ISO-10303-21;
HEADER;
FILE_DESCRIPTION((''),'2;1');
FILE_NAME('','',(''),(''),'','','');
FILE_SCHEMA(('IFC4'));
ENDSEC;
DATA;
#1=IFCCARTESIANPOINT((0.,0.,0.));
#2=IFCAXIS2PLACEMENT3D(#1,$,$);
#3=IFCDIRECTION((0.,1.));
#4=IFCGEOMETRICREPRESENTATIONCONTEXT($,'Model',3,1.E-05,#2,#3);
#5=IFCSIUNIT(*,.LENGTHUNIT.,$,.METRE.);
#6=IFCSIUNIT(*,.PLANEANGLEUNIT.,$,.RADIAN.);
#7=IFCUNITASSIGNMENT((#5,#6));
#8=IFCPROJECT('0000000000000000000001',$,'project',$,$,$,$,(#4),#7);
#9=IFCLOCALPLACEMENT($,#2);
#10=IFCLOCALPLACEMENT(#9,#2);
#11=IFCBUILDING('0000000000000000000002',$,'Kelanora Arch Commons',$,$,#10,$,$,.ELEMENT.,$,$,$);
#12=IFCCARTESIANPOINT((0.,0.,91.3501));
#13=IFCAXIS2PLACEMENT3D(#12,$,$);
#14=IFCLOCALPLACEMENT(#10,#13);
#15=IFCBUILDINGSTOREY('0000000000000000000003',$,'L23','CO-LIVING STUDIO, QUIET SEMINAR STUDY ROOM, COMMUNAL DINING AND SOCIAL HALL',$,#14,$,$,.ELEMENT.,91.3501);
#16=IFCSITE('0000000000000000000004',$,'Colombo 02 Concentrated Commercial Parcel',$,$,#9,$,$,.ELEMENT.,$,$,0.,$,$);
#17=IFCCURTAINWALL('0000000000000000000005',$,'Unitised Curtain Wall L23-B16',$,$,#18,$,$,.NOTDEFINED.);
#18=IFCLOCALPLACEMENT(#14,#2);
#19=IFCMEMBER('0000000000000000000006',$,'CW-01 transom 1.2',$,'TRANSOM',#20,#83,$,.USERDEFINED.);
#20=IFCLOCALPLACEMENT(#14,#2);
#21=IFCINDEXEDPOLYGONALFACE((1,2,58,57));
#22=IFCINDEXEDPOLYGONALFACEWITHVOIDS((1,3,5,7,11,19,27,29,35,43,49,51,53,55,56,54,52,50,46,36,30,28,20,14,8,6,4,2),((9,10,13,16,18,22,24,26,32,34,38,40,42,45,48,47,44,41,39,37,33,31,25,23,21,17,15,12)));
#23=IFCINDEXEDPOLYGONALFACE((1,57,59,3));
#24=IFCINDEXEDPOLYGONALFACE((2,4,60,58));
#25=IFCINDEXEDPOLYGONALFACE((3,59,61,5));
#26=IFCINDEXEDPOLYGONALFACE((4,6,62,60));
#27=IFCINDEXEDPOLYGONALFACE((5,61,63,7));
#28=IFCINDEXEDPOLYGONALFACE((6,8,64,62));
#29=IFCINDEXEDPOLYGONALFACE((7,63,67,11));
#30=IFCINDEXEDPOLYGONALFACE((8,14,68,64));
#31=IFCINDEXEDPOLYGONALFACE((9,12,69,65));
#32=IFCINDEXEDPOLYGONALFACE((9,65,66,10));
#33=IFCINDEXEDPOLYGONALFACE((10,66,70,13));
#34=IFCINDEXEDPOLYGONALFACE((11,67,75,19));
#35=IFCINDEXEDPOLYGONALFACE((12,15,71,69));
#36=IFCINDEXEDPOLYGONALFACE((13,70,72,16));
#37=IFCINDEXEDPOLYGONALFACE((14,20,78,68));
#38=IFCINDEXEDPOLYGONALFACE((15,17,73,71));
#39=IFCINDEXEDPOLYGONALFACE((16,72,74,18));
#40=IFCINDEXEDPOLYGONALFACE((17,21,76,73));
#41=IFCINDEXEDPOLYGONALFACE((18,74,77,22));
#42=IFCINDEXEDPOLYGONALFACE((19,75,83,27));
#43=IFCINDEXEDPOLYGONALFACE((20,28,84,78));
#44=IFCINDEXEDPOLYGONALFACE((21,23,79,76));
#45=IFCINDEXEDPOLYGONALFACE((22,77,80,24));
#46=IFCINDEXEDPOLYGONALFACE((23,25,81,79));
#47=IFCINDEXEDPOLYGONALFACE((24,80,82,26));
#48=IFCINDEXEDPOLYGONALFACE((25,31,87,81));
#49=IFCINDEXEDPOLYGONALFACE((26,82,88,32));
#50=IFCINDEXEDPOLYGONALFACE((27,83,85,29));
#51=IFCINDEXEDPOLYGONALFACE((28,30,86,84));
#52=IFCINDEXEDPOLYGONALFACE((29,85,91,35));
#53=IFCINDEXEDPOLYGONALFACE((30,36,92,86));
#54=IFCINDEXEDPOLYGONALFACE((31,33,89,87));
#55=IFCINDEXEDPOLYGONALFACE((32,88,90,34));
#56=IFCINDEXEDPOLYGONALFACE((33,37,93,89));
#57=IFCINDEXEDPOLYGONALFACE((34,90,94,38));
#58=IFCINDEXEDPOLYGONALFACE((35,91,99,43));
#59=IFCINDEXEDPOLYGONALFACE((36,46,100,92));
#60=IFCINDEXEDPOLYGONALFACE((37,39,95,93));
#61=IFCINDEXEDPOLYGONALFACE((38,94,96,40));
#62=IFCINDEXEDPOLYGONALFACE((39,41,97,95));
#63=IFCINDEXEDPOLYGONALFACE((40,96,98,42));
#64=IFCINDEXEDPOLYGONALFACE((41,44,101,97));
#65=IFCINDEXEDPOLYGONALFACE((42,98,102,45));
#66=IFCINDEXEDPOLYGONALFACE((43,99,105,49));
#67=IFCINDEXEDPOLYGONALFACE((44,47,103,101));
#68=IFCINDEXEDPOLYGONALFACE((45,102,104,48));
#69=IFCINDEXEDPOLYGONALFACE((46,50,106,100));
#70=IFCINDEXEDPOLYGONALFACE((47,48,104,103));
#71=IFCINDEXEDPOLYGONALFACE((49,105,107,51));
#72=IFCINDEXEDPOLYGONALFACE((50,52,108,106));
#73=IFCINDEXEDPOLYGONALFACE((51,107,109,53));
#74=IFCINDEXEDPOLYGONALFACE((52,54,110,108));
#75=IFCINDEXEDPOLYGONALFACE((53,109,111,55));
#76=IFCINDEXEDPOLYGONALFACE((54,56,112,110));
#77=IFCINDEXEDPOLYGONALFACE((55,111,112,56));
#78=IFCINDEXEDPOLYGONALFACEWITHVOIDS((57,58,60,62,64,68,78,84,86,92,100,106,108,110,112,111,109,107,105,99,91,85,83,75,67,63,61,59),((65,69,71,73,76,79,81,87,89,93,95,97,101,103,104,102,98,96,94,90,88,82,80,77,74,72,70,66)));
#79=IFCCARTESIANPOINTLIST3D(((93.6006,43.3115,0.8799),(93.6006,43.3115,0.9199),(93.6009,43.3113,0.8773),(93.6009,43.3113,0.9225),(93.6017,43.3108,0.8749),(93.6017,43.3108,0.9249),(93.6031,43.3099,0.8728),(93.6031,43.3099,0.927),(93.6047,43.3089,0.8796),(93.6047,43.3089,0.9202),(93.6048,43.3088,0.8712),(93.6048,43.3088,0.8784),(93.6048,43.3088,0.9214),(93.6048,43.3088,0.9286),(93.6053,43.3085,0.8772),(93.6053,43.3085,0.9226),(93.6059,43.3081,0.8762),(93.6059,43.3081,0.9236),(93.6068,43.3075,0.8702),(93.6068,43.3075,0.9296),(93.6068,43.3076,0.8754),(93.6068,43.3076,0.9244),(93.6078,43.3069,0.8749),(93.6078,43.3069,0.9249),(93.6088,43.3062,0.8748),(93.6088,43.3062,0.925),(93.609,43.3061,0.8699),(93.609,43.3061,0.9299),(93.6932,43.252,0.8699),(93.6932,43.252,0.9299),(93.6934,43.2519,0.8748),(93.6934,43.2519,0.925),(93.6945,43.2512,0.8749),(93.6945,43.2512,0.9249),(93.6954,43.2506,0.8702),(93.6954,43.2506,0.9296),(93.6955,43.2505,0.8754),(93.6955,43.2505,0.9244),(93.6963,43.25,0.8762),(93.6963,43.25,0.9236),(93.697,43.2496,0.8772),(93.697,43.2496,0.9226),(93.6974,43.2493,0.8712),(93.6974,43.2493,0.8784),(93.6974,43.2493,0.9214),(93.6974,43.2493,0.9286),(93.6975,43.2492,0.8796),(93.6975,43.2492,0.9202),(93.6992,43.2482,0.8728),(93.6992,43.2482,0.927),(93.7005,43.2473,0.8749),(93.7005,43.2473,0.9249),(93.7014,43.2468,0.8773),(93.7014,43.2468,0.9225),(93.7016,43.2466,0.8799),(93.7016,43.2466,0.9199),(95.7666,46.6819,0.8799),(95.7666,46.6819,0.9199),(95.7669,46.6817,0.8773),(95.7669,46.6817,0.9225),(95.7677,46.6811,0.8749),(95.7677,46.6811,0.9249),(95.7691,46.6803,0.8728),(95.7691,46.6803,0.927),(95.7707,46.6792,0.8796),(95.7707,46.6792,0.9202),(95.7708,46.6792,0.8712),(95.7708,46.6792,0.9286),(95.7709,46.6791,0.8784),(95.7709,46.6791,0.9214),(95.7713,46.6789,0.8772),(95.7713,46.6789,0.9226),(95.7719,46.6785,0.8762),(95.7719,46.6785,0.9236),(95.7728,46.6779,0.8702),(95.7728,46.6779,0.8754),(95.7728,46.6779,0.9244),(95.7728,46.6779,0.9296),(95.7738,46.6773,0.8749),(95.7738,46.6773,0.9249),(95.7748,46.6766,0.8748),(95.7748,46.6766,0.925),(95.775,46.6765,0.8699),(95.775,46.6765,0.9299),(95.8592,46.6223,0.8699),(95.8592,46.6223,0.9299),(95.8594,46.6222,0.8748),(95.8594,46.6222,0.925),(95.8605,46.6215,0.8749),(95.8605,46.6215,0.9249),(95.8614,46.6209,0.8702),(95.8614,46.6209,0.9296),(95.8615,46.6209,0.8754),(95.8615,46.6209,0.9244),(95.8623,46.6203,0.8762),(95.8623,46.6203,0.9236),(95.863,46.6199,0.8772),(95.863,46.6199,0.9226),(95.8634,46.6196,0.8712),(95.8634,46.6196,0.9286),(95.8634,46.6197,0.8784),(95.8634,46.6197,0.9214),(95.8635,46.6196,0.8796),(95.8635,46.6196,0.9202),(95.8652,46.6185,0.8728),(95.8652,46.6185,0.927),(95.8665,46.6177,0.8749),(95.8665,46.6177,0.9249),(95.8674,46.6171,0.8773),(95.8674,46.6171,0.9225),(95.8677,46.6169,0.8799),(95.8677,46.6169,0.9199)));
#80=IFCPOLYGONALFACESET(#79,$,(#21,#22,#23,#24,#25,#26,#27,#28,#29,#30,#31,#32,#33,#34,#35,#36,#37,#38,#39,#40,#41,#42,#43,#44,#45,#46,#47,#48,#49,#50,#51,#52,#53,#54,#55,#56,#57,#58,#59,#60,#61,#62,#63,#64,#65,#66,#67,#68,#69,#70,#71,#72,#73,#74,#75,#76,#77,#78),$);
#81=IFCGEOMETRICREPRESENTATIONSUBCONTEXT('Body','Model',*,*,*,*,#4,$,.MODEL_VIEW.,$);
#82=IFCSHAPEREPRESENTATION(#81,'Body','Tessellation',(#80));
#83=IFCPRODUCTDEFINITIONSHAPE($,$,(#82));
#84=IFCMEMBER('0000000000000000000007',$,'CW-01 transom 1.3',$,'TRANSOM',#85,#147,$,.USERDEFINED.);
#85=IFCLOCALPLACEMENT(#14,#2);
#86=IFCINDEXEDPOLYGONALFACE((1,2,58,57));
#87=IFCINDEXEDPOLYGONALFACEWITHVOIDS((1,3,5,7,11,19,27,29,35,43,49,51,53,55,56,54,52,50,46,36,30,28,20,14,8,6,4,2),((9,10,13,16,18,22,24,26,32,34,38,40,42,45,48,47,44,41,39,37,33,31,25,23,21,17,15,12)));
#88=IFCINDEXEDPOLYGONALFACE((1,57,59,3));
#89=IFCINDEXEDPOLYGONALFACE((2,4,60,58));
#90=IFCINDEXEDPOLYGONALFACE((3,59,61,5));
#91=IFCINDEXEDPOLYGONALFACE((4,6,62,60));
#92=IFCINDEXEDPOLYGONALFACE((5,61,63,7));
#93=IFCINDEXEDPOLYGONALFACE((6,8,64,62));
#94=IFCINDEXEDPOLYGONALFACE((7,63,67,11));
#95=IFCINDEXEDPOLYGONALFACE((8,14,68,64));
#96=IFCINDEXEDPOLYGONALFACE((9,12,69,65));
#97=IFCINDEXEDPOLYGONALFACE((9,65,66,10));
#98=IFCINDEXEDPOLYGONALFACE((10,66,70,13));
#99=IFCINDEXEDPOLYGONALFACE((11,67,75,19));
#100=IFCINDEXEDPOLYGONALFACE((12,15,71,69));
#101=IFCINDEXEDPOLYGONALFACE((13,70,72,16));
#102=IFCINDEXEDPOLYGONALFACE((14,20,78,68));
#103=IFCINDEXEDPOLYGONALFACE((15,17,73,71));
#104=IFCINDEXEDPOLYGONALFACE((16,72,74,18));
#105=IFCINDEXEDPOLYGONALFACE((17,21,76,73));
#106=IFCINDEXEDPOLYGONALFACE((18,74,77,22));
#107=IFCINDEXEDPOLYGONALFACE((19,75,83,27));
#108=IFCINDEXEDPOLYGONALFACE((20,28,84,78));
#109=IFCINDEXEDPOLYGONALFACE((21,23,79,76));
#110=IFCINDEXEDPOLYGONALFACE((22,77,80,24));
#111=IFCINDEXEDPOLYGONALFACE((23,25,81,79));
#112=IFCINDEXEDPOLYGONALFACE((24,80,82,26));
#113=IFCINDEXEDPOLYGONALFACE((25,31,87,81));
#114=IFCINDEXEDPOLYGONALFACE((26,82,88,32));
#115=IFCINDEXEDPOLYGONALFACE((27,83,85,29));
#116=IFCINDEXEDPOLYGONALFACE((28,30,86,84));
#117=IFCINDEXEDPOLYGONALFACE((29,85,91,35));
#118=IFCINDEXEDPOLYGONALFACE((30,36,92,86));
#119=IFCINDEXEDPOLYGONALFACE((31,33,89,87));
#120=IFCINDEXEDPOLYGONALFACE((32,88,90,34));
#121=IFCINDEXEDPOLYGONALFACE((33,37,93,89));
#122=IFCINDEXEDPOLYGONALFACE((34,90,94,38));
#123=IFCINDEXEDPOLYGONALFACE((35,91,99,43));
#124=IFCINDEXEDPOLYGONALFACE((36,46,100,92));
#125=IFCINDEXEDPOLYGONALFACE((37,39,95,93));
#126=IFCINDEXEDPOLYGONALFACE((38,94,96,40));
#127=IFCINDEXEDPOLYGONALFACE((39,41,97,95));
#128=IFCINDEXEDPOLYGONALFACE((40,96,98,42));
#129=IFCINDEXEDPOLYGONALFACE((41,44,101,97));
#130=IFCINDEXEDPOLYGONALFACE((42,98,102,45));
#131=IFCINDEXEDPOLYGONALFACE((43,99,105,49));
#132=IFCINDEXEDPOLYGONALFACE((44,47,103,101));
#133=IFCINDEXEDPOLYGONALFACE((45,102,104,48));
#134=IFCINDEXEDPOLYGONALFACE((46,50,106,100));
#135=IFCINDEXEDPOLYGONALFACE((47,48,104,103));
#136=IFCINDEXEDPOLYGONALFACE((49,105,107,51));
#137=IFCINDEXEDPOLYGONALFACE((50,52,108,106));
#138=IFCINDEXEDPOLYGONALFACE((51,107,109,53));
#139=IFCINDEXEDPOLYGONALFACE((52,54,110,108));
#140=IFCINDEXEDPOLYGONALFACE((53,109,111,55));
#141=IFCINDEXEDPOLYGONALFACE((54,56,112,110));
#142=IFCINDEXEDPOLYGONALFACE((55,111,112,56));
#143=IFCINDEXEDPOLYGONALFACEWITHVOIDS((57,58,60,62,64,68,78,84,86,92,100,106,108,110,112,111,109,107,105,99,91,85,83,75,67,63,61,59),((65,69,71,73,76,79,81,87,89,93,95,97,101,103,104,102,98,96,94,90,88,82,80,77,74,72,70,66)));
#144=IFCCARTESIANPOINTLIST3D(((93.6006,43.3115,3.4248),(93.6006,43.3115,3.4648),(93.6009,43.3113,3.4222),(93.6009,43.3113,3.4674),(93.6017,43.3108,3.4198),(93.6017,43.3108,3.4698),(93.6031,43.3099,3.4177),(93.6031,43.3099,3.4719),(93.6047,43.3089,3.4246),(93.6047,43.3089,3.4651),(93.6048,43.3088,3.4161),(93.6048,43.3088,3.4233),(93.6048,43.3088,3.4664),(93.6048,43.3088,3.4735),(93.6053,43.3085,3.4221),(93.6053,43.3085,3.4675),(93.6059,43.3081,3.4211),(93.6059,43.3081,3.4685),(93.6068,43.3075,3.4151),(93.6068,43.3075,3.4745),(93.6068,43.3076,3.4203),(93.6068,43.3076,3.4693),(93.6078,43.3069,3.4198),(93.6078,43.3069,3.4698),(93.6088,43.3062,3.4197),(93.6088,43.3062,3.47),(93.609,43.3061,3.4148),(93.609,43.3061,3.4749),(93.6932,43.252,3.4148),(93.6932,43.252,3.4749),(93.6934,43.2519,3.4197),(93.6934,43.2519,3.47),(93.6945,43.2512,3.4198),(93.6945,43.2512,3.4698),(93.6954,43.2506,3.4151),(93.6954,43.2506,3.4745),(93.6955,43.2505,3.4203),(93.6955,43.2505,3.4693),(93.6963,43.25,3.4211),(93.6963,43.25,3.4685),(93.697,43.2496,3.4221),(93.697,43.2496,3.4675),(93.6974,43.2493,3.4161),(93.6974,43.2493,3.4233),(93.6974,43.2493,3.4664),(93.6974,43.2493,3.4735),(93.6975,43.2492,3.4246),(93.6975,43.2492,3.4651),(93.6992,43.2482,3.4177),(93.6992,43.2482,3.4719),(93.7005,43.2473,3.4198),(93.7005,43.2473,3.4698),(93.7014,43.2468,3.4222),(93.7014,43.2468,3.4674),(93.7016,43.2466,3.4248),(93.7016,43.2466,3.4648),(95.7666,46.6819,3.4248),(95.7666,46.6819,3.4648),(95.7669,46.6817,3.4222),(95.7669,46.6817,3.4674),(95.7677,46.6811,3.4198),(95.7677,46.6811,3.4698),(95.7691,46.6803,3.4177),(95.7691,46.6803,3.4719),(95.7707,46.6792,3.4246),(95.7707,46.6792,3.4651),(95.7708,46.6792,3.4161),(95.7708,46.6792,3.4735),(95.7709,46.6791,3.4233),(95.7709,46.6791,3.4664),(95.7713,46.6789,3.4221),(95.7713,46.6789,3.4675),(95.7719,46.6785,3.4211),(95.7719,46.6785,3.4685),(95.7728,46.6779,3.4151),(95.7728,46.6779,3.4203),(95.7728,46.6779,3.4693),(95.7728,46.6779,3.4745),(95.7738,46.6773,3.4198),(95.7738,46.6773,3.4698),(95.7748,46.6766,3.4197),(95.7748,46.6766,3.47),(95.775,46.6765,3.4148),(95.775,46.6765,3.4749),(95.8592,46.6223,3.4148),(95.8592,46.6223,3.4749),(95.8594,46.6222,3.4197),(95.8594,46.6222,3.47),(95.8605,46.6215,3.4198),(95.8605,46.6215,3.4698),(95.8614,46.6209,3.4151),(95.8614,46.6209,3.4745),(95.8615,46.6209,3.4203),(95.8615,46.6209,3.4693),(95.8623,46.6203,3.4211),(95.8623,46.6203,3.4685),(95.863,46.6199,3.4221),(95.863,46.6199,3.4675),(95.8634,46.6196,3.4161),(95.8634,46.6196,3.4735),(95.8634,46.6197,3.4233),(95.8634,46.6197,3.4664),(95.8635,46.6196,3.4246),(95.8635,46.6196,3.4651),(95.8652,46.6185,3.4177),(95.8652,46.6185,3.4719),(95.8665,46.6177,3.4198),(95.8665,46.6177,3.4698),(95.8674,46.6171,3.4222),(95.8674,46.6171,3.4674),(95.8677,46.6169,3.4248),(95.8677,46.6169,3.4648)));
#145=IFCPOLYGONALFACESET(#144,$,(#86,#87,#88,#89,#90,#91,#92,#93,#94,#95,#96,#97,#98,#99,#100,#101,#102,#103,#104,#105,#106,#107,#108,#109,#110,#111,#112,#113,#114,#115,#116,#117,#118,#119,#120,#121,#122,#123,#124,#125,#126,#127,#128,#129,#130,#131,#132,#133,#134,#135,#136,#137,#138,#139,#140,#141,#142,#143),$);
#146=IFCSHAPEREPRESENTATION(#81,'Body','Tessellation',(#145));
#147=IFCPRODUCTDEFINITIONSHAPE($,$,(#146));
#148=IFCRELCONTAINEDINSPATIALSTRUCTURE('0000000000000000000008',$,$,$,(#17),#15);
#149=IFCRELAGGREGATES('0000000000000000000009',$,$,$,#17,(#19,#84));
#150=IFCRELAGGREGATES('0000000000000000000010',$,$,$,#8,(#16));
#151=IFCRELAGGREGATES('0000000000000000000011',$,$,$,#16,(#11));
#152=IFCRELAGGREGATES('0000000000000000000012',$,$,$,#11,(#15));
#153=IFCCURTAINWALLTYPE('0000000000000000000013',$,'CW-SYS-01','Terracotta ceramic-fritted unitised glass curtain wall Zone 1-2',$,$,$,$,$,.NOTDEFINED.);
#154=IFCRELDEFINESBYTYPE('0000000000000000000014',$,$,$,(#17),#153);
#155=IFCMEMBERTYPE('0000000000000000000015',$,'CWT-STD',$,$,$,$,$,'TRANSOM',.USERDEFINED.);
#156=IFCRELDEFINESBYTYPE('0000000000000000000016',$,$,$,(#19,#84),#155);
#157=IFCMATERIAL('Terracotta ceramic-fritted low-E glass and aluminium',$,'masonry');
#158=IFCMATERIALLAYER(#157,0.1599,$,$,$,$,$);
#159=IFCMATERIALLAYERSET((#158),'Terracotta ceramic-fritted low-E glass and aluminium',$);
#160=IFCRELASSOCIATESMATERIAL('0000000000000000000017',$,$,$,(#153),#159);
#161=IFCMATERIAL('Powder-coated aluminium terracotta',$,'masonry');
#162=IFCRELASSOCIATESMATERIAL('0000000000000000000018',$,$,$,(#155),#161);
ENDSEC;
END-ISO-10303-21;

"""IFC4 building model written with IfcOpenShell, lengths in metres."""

from ifc_helpers import new_model, si_unit, direction, frame, origin, origin_2d, place, context, subcontext, project, spatial, hollow_rectangle, extrude, material, layer, layer_set, material_profile, profile_set, type_object, element, aggregate, save


model = new_model("IFC4")

# Units and contexts
model_context = context("Model", 3, precision=1e-05, world=origin(), true_north=direction((0.0, 1.0)))
body_context = subcontext(model_context, "Body", "Model", "MODEL_VIEW")
ifc_project = project(units=[si_unit("LENGTHUNIT", "METRE"), si_unit("PLANEANGLEUNIT", "RADIAN")], contexts=[model_context])

# Site, building, storey
site_placement = place(None, origin())
site = spatial("IfcSite", under=ifc_project, at=site_placement, Name="Colombo 02 Concentrated Commercial Parcel", CompositionType="ELEMENT", RefElevation=0.0)
building_placement = place(site_placement, origin())
building = spatial("IfcBuilding", under=site, at=building_placement, Name="Kelanora Arch Commons", CompositionType="ELEMENT")
storey_placement = place(building_placement, frame((0.0, 0.0, 91.3501)))
storey = spatial("IfcBuildingStorey", under=building, at=storey_placement, Name="L23", Description="CO-LIVING STUDIO, QUIET SEMINAR STUDY ROOM, COMMUNAL DINING AND SOCIAL HALL", CompositionType="ELEMENT", Elevation=91.3501)

# Shared definitions
ifc_material_1 = material(Name="Terracotta ceramic-fritted low-E glass and aluminium", Category="masonry")
ifc_layer_1 = layer(ifc_material_1, 0.1599)
ifc_layer_set_1 = layer_set([ifc_layer_1], Name="Terracotta ceramic-fritted low-E glass and aluminium")
curtain_wall_type = type_object("IfcCurtainWallType", Name="CW-SYS-01", Description="Terracotta ceramic-fritted unitised glass curtain wall Zone 1-2", PredefinedType="NOTDEFINED", material=ifc_layer_set_1)
ifc_material_2 = material(Name="Powder-coated aluminium terracotta", Category="masonry")

# Curtain wall, members
curtain_wall_1_placement = place(storey_placement, origin())
curtain_wall_1 = element("IfcCurtainWall", 1, at=curtain_wall_1_placement, inside=storey, type_object=curtain_wall_type, Name="Unitised Curtain Wall L23-B16", PredefinedType="NOTDEFINED")
ifc_material_profile_1 = material_profile(ifc_material_2, hollow_rectangle(XDim=0.1201, YDim=0.0601, WallThickness=0.0049, InnerFilletRadius=0.0049, OuterFilletRadius=0.01, at=origin_2d()), Name="CWT120x60")
ifc_profile_set_1 = profile_set([ifc_material_profile_1], Name="Powder-coated aluminium terracotta")
member_type_1 = type_object("IfcMemberType", Name="CWT-STD", ElementType="TRANSOM", PredefinedType="USERDEFINED", material=ifc_profile_set_1)
member_1_placement = place(storey_placement, frame((93.6511, 43.2791, 0.8999), z_axis=(0.540644, 0.841252, 0.0), x_axis=(-0.841252, 0.540644, 0.0)))
member_1 = element("IfcMember", 2, at=member_1_placement, type_object=member_type_1, Name="CW-01 transom 1.2", ObjectType="TRANSOM", PredefinedType="USERDEFINED", context=body_context, shape_type="SweptSolid", body=[
    extrude(hollow_rectangle(XDim=0.1201, YDim=0.0601, WallThickness=0.0049, InnerFilletRadius=0.0049, OuterFilletRadius=0.01, at=origin_2d()), origin(), (0.0, 0.0, 1.0), 4.0063),
])
member_2_placement = place(storey_placement, frame((93.6511, 43.2791, 3.4448), z_axis=(0.540644, 0.841252, 0.0), x_axis=(-0.841252, 0.540644, 0.0)))
member_2 = element("IfcMember", 3, at=member_2_placement, type_object=member_type_1, Name="CW-01 transom 1.3", ObjectType="TRANSOM", PredefinedType="USERDEFINED", context=body_context, shape_type="SweptSolid", body=[
    extrude(hollow_rectangle(XDim=0.1201, YDim=0.0601, WallThickness=0.0049, InnerFilletRadius=0.0049, OuterFilletRadius=0.01, at=origin_2d()), origin(), (0.0, 0.0, 1.0), 4.0063),
])
aggregate(curtain_wall_1, [member_1, member_2])

save(model, "model.ifc")
